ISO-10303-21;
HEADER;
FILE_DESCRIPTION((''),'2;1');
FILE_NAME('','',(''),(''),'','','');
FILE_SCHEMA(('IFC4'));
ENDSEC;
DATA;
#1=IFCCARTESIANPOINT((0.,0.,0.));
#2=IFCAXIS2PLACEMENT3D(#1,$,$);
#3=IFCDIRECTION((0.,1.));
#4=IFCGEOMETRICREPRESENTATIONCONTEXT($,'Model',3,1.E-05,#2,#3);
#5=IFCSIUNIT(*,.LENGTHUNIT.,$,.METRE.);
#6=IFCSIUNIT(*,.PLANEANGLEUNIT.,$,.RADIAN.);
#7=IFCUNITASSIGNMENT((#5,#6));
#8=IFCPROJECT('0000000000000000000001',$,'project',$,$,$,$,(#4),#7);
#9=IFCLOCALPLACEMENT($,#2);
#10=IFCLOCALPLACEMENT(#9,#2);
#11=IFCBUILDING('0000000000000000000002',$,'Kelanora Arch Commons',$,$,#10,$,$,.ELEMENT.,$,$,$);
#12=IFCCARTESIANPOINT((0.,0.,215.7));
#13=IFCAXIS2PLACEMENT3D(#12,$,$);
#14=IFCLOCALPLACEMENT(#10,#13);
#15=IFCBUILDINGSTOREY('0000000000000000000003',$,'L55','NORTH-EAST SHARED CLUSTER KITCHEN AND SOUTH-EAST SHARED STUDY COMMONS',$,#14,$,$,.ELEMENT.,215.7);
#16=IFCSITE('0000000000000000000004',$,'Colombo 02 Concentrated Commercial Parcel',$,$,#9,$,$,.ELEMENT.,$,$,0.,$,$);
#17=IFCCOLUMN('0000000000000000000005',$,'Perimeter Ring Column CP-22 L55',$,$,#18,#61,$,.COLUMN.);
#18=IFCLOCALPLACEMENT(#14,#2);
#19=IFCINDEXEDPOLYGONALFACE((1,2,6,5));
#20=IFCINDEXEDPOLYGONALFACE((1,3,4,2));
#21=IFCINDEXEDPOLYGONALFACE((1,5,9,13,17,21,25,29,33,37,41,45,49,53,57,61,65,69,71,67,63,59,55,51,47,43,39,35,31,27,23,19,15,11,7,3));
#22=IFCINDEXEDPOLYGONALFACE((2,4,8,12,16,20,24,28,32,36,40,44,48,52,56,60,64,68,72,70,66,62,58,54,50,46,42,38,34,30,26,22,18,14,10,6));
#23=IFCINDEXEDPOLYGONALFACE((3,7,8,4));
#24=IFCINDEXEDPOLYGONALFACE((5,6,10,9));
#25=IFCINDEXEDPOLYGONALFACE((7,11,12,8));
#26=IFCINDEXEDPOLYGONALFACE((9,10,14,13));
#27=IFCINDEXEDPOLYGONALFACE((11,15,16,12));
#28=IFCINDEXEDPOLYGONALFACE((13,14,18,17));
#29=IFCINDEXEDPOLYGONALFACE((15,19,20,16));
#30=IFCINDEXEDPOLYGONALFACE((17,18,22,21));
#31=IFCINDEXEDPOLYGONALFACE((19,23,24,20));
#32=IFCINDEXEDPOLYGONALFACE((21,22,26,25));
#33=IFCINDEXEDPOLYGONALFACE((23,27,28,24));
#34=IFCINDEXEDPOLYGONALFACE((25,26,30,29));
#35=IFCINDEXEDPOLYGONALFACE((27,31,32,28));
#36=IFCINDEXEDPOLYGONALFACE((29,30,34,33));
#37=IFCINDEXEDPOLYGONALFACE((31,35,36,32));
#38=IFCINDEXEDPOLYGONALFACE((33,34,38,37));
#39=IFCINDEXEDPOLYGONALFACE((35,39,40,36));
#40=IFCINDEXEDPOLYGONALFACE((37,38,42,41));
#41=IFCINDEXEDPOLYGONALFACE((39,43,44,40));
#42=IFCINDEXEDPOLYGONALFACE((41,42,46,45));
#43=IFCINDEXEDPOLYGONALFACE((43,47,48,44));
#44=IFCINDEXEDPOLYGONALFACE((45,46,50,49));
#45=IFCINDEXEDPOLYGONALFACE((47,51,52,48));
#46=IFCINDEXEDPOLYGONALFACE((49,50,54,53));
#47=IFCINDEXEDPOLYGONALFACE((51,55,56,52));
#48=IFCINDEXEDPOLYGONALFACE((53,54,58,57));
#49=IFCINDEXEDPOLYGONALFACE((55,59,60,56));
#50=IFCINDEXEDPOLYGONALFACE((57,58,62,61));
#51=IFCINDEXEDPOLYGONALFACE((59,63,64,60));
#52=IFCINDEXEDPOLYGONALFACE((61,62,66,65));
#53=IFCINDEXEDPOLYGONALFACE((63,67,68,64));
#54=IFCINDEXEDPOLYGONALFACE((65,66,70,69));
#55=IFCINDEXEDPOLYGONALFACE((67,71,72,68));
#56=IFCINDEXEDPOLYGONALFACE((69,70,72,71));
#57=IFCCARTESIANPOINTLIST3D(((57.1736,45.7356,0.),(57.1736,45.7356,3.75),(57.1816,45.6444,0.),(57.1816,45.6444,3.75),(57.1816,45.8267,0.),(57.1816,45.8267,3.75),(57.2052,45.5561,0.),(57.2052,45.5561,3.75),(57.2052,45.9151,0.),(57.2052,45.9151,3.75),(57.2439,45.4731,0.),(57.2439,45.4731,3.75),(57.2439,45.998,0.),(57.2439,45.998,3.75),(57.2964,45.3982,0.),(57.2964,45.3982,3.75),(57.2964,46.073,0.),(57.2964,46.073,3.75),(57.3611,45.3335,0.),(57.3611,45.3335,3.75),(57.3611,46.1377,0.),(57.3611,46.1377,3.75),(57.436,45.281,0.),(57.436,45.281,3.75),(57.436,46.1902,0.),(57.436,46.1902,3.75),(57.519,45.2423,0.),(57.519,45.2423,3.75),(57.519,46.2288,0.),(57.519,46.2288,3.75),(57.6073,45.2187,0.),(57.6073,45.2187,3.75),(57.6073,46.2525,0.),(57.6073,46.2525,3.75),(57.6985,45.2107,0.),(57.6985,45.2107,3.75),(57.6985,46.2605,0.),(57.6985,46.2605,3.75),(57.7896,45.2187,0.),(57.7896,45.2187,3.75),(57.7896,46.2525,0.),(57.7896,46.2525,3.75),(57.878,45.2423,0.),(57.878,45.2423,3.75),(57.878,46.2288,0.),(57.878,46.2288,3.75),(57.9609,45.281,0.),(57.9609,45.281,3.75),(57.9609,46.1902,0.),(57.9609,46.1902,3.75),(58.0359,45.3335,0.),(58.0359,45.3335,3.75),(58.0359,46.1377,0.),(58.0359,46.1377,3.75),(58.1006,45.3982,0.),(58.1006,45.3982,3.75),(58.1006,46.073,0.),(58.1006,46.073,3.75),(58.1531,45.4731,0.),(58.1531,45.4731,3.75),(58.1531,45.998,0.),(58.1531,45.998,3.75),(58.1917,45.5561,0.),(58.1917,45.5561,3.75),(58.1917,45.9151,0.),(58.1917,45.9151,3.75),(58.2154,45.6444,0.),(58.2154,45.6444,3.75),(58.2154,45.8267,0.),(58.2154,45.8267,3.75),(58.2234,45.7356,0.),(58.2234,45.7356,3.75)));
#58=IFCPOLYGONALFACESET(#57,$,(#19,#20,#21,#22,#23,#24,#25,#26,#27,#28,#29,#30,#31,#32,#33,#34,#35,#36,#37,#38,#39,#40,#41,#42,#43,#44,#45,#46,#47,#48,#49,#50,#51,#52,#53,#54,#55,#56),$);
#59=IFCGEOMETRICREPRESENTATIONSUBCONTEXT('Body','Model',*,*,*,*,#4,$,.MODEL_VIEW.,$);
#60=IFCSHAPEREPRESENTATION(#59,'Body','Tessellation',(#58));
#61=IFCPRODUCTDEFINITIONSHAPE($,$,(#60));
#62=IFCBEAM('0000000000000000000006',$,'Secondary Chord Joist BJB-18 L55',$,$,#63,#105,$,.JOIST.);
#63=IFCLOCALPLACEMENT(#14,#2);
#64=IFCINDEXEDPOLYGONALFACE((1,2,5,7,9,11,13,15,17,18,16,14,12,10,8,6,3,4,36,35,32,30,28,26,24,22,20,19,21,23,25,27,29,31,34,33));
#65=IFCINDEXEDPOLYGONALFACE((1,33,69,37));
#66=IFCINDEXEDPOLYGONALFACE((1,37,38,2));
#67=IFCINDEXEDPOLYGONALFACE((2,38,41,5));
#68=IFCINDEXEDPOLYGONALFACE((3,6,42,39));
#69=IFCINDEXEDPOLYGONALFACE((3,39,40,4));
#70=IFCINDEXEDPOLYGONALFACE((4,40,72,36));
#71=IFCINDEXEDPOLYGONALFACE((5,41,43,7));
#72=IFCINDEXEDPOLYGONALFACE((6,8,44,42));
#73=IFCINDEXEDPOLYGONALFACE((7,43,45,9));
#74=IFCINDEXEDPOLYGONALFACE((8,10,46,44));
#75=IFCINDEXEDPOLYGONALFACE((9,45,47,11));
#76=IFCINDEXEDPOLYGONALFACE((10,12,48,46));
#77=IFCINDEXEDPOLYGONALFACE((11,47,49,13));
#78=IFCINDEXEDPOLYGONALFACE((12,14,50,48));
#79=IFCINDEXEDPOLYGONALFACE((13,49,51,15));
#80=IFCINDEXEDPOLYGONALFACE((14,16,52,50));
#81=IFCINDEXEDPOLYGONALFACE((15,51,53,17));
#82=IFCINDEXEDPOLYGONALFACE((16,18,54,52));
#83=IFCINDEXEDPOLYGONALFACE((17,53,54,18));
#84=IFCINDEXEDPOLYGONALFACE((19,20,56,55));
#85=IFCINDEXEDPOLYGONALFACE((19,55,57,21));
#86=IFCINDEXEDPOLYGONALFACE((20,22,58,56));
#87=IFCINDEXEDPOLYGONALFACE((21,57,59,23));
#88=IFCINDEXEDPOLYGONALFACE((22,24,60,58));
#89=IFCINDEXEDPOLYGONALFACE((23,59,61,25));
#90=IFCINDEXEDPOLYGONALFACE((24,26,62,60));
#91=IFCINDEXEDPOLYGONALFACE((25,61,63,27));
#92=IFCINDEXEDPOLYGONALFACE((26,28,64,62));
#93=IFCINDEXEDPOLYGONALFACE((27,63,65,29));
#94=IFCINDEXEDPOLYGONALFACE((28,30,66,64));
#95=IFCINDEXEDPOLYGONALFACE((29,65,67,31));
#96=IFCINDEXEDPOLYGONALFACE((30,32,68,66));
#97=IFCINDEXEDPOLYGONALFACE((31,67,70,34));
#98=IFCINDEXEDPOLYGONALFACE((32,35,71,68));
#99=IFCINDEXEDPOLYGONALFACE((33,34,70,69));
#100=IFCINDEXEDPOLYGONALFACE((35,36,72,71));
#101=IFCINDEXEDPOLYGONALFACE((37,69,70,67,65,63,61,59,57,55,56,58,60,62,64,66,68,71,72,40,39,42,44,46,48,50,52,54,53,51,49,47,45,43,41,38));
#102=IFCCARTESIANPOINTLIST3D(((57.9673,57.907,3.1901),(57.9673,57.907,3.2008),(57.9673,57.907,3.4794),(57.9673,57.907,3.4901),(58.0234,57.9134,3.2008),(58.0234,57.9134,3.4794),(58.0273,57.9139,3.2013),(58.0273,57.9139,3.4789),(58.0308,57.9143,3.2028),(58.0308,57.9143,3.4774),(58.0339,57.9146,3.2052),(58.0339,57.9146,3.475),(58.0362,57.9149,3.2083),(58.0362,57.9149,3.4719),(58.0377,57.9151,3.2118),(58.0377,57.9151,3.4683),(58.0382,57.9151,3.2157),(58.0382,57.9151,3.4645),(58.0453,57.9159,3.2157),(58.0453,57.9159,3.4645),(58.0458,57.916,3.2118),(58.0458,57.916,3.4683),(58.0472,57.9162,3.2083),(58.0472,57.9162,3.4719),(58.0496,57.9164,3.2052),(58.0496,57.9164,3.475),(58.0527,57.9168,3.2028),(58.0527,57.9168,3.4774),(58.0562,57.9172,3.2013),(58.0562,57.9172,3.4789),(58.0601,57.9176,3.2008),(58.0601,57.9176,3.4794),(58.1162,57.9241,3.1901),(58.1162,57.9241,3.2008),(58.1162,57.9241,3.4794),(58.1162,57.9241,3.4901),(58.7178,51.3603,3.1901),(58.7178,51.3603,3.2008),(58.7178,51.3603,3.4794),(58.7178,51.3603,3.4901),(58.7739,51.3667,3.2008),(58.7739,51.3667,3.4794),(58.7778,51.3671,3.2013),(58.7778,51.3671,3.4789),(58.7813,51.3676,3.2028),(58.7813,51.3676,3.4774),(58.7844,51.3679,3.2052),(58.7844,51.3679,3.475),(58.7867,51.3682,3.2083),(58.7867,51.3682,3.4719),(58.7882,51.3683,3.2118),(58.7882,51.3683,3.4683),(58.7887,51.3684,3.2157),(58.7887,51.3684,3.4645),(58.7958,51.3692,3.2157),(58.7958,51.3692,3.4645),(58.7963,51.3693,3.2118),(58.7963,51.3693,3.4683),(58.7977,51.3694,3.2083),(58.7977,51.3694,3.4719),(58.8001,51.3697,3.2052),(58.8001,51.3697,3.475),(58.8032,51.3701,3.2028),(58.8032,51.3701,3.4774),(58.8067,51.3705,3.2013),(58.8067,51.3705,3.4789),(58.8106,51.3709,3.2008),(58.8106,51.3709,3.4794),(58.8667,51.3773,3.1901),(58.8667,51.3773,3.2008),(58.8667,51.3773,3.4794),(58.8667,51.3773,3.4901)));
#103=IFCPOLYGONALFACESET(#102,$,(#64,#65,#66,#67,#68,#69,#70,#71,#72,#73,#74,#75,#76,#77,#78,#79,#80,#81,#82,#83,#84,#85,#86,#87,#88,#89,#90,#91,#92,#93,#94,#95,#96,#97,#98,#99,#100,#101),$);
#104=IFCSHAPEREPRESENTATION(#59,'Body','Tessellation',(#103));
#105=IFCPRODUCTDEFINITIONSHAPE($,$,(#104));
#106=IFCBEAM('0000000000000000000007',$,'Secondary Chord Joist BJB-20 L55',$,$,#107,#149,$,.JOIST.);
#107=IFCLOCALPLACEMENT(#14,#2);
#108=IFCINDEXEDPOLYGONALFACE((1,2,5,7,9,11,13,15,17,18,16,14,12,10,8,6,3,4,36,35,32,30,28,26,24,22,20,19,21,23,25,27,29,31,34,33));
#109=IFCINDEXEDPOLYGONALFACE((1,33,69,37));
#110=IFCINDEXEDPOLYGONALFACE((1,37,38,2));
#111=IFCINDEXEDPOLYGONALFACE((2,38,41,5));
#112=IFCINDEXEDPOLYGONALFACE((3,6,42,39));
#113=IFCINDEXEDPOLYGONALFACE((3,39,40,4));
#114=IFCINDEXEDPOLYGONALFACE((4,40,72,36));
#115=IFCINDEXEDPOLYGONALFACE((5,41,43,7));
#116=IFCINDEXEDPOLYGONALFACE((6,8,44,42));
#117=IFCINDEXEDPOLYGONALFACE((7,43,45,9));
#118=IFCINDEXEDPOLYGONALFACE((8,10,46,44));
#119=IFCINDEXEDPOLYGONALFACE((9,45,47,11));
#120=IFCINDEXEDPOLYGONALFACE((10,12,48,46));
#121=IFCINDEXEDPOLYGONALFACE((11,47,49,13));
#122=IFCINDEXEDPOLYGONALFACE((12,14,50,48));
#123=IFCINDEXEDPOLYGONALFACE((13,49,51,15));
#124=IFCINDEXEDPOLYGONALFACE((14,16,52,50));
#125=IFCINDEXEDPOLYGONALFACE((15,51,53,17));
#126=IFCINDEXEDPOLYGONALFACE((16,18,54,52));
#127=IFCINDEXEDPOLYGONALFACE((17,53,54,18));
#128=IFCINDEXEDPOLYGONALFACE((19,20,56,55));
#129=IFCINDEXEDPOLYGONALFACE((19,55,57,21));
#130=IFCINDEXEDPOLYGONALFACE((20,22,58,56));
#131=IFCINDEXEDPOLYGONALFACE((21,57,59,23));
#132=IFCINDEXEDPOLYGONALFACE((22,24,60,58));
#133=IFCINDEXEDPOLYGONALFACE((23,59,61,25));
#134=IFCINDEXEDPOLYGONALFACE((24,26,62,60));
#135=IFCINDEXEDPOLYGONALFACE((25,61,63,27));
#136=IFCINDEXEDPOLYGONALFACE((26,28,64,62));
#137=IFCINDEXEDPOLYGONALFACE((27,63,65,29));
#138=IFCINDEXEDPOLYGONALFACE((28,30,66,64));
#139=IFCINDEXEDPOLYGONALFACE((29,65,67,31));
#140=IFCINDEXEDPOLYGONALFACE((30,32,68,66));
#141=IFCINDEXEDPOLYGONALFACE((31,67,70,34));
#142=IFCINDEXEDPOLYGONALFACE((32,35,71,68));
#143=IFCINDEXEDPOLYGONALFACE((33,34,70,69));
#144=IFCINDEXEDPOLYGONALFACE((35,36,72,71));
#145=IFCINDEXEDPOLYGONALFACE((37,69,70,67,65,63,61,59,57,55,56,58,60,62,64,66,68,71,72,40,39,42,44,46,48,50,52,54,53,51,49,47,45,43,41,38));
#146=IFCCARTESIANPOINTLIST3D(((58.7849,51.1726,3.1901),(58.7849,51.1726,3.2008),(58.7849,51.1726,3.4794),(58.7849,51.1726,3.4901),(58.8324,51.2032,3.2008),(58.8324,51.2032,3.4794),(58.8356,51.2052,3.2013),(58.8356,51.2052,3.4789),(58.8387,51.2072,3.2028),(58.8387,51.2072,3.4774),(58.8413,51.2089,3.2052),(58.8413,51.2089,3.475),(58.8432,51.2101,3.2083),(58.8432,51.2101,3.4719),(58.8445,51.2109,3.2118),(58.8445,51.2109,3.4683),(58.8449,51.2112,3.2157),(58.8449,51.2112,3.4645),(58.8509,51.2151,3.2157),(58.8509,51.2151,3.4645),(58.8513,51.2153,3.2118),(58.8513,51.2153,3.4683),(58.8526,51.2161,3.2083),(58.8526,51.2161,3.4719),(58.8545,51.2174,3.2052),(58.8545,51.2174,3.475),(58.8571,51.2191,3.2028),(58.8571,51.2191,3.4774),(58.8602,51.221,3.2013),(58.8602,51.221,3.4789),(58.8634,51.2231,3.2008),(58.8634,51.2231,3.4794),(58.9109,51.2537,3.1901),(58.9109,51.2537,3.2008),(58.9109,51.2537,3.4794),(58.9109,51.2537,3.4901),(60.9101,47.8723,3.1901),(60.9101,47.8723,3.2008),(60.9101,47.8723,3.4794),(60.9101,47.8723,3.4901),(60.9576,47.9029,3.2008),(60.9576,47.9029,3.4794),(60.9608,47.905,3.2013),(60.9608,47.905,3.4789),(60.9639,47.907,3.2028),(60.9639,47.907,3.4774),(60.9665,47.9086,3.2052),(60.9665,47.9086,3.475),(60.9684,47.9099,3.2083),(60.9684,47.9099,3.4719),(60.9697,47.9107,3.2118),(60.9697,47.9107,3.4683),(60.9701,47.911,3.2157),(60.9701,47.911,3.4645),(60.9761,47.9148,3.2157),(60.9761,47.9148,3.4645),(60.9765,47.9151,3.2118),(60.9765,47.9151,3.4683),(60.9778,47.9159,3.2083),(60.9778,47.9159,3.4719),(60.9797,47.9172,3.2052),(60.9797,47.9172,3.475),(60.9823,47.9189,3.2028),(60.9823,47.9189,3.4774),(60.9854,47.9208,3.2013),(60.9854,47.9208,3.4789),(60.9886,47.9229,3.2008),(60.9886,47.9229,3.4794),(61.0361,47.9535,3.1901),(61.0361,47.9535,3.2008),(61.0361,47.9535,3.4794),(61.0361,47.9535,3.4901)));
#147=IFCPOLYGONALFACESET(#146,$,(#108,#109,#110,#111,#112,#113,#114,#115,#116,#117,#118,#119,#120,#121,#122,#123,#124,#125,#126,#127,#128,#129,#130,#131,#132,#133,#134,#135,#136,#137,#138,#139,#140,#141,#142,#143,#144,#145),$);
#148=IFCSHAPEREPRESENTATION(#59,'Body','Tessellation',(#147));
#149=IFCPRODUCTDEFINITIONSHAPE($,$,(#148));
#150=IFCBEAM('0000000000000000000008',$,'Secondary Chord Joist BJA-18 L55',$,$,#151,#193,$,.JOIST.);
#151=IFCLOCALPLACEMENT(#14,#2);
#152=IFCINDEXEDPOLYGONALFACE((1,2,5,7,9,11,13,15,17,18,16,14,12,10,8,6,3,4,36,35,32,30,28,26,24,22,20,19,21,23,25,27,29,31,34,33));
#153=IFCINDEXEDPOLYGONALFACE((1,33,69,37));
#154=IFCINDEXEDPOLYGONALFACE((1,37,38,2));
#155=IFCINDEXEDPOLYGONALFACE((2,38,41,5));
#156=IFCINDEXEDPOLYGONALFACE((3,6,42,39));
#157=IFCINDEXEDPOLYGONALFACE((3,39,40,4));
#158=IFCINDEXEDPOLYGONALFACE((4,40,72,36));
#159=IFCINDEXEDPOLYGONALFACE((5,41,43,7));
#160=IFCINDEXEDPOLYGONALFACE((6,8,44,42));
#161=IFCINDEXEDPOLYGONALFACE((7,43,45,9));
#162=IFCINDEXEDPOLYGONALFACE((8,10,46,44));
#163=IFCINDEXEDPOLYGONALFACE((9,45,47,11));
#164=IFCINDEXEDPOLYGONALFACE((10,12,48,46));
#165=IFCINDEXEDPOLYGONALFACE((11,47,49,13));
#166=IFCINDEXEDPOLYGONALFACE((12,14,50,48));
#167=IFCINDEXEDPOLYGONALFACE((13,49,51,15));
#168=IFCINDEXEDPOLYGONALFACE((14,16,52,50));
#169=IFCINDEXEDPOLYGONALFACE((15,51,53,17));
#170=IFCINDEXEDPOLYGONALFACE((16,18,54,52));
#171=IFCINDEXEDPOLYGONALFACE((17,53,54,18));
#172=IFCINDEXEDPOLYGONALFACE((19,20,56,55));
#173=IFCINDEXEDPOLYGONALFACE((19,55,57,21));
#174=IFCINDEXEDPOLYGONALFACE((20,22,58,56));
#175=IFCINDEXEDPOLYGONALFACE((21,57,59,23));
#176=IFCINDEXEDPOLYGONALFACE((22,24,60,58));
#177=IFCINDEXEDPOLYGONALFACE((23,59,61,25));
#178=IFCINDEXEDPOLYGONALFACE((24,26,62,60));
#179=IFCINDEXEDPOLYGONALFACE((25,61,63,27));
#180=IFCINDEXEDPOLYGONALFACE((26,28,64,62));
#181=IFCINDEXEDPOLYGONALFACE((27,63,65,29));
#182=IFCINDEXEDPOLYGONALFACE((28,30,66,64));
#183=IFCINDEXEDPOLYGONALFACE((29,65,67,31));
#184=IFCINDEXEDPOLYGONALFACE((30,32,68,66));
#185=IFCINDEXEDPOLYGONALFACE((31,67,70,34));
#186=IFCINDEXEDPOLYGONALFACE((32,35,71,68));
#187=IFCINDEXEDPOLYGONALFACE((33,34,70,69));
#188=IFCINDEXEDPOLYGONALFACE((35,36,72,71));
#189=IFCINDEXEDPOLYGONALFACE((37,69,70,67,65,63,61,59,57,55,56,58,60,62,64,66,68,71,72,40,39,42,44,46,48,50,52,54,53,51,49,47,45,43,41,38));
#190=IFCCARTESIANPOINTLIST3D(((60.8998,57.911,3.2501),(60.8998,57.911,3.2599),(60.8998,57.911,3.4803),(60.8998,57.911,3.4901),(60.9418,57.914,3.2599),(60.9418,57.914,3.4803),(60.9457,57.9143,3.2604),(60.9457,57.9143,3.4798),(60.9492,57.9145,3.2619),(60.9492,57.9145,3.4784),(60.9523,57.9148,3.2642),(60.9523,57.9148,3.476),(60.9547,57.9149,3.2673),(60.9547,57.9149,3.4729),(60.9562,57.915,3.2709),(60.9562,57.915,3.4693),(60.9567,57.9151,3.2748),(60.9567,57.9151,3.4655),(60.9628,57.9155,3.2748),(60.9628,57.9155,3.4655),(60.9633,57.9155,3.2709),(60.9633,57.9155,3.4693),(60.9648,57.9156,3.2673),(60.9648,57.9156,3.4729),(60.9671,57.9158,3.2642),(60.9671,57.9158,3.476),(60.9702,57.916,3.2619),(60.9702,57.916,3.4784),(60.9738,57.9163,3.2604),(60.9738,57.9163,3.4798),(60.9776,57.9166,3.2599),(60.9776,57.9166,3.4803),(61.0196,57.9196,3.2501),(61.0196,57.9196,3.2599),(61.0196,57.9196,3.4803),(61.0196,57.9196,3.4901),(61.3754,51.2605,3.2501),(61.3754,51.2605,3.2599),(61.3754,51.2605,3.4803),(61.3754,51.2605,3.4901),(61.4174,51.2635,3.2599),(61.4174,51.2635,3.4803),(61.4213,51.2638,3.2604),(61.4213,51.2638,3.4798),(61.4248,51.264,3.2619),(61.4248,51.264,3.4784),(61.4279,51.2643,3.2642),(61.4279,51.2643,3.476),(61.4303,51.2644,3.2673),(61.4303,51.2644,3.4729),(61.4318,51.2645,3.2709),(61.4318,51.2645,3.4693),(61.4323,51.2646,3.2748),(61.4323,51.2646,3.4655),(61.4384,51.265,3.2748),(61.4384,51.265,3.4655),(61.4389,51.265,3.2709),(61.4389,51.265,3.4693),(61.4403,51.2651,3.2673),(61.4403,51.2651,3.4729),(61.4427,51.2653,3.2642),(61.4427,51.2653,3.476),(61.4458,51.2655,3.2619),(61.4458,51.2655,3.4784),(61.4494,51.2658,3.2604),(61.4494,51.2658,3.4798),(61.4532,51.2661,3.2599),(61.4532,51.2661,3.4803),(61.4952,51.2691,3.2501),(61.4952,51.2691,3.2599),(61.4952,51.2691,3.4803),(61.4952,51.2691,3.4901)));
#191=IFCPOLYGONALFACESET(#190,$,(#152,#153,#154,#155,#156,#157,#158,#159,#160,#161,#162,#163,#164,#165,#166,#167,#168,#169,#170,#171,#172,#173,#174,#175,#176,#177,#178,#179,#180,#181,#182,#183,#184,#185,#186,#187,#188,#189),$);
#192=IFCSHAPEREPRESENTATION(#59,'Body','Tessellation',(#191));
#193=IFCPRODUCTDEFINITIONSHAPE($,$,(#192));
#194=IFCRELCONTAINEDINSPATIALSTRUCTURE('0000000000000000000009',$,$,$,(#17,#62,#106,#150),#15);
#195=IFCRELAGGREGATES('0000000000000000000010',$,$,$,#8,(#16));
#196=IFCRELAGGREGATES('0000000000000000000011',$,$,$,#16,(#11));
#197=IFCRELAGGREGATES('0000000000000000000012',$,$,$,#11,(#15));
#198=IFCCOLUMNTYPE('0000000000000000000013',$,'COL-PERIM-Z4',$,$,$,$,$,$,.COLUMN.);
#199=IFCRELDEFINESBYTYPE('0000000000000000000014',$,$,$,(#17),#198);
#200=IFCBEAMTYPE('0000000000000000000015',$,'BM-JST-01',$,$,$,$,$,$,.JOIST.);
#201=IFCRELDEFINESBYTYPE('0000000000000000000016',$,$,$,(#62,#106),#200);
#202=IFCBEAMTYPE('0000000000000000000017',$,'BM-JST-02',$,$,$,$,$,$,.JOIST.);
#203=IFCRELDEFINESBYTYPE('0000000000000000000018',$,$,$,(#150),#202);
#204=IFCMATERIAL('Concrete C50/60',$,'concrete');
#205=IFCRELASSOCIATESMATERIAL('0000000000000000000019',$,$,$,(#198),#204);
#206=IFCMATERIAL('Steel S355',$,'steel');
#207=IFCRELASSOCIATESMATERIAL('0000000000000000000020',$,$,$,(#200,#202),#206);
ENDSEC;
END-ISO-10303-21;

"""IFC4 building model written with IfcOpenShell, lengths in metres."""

from ifc_helpers import new_model, si_unit, direction, frame, origin, origin_2d, place, context, subcontext, project, spatial, circle, i_section, extrude, material, material_profile, profile_set, type_object, element, save


model = new_model("IFC4")

# Units and contexts
model_context = context("Model", 3, precision=1e-05, world=origin(), true_north=direction((0.0, 1.0)))
body_context = subcontext(model_context, "Body", "Model", "MODEL_VIEW")
ifc_project = project(units=[si_unit("LENGTHUNIT", "METRE"), si_unit("PLANEANGLEUNIT", "RADIAN")], contexts=[model_context])

# Site, building, storey
site_placement = place(None, origin())
site = spatial("IfcSite", under=ifc_project, at=site_placement, Name="Colombo 02 Concentrated Commercial Parcel", CompositionType="ELEMENT", RefElevation=0.0)
building_placement = place(site_placement, origin())
building = spatial("IfcBuilding", under=site, at=building_placement, Name="Kelanora Arch Commons", CompositionType="ELEMENT")
storey_placement = place(building_placement, frame((0.0, 0.0, 215.7)))
storey = spatial("IfcBuildingStorey", under=building, at=storey_placement, Name="L55", Description="NORTH-EAST SHARED CLUSTER KITCHEN AND SOUTH-EAST SHARED STUDY COMMONS", CompositionType="ELEMENT", Elevation=215.7)

# Column
ifc_material_1 = material(Name="Concrete C50/60", Category="concrete")
ifc_material_profile_1 = material_profile(ifc_material_1, circle(Radius=0.5249, at=origin_2d()), Name="RCC1050")
ifc_profile_set_1 = profile_set([ifc_material_profile_1], Name="Concrete C50/60")
column_type = type_object("IfcColumnType", Name="COL-PERIM-Z4", PredefinedType="COLUMN", material=ifc_profile_set_1)
column_placement = place(storey_placement, frame((57.6985, 45.7356, 0.0), z_axis=(0.0, 0.0, 1.0), x_axis=(1.0, 0.0, 0.0)))
element("IfcColumn", 1, at=column_placement, inside=storey, type_object=column_type, Name="Perimeter Ring Column CP-22 L55", PredefinedType="COLUMN", context=body_context, shape_type="SweptSolid", body=[
    extrude(circle(Radius=0.5249, at=origin_2d()), origin(), (0.0, 0.0, 1.0), 3.75),
])

# Beams
ifc_material_2 = material(Name="Steel S355", Category="steel")
ifc_material_profile_2 = material_profile(ifc_material_2, i_section(OverallWidth=0.1499, OverallDepth=0.3, WebThickness=0.0071, FlangeThickness=0.0107, FilletRadius=0.0149, at=origin_2d()), Name="IPE300")
ifc_profile_set_2 = profile_set([ifc_material_profile_2], Name="Steel S355")
beam_type_1 = type_object("IfcBeamType", Name="BM-JST-01", PredefinedType="JOIST", material=ifc_profile_set_2)
beam_1_placement = place(storey_placement, frame((58.0417, 57.9155, 3.3401), z_axis=(0.113891, -0.993493, 0.0), x_axis=(0.993493, 0.113891, 0.0)))
element("IfcBeam", 2, at=beam_1_placement, inside=storey, type_object=beam_type_1, Name="Secondary Chord Joist BJB-18 L55", PredefinedType="JOIST", context=body_context, shape_type="SweptSolid", body=[
    extrude(i_section(OverallWidth=0.1499, OverallDepth=0.3, WebThickness=0.0071, FlangeThickness=0.0107, FilletRadius=0.0149, at=origin_2d()), origin(), (0.0, 0.0, 1.0), 6.5896),
])
beam_2_placement = place(storey_placement, frame((58.8479, 51.2131, 3.3401), z_axis=(0.541411, -0.840758, 0.0), x_axis=(0.840758, 0.541411, 0.0)))
element("IfcBeam", 3, at=beam_2_placement, inside=storey, type_object=beam_type_1, Name="Secondary Chord Joist BJB-20 L55", PredefinedType="JOIST", context=body_context, shape_type="SweptSolid", body=[
    extrude(i_section(OverallWidth=0.1499, OverallDepth=0.3, WebThickness=0.0071, FlangeThickness=0.0107, FilletRadius=0.0149, at=origin_2d()), origin(), (0.0, 0.0, 1.0), 3.9253),
])
ifc_material_profile_3 = material_profile(ifc_material_2, i_section(OverallWidth=0.1201, OverallDepth=0.24, WebThickness=0.0061, FlangeThickness=0.0098, FilletRadius=0.0149, at=origin_2d()), Name="IPE240")
ifc_profile_set_3 = profile_set([ifc_material_profile_3], Name="Steel S355")
beam_type_2 = type_object("IfcBeamType", Name="BM-JST-02", PredefinedType="JOIST", material=ifc_profile_set_3)
beam_3_placement = place(storey_placement, frame((60.9597, 57.9153, 3.3701), z_axis=(0.07133, -0.997453, 0.0), x_axis=(0.997453, 0.07133, 0.0)))
element("IfcBeam", 4, at=beam_3_placement, inside=storey, type_object=beam_type_2, Name="Secondary Chord Joist BJA-18 L55", PredefinedType="JOIST", context=body_context, shape_type="SweptSolid", body=[
    extrude(i_section(OverallWidth=0.1201, OverallDepth=0.24, WebThickness=0.0061, FlangeThickness=0.0098, FilletRadius=0.0149, at=origin_2d()), origin(), (0.0, 0.0, 1.0), 6.6675),
])

save(model, "model.ifc")
